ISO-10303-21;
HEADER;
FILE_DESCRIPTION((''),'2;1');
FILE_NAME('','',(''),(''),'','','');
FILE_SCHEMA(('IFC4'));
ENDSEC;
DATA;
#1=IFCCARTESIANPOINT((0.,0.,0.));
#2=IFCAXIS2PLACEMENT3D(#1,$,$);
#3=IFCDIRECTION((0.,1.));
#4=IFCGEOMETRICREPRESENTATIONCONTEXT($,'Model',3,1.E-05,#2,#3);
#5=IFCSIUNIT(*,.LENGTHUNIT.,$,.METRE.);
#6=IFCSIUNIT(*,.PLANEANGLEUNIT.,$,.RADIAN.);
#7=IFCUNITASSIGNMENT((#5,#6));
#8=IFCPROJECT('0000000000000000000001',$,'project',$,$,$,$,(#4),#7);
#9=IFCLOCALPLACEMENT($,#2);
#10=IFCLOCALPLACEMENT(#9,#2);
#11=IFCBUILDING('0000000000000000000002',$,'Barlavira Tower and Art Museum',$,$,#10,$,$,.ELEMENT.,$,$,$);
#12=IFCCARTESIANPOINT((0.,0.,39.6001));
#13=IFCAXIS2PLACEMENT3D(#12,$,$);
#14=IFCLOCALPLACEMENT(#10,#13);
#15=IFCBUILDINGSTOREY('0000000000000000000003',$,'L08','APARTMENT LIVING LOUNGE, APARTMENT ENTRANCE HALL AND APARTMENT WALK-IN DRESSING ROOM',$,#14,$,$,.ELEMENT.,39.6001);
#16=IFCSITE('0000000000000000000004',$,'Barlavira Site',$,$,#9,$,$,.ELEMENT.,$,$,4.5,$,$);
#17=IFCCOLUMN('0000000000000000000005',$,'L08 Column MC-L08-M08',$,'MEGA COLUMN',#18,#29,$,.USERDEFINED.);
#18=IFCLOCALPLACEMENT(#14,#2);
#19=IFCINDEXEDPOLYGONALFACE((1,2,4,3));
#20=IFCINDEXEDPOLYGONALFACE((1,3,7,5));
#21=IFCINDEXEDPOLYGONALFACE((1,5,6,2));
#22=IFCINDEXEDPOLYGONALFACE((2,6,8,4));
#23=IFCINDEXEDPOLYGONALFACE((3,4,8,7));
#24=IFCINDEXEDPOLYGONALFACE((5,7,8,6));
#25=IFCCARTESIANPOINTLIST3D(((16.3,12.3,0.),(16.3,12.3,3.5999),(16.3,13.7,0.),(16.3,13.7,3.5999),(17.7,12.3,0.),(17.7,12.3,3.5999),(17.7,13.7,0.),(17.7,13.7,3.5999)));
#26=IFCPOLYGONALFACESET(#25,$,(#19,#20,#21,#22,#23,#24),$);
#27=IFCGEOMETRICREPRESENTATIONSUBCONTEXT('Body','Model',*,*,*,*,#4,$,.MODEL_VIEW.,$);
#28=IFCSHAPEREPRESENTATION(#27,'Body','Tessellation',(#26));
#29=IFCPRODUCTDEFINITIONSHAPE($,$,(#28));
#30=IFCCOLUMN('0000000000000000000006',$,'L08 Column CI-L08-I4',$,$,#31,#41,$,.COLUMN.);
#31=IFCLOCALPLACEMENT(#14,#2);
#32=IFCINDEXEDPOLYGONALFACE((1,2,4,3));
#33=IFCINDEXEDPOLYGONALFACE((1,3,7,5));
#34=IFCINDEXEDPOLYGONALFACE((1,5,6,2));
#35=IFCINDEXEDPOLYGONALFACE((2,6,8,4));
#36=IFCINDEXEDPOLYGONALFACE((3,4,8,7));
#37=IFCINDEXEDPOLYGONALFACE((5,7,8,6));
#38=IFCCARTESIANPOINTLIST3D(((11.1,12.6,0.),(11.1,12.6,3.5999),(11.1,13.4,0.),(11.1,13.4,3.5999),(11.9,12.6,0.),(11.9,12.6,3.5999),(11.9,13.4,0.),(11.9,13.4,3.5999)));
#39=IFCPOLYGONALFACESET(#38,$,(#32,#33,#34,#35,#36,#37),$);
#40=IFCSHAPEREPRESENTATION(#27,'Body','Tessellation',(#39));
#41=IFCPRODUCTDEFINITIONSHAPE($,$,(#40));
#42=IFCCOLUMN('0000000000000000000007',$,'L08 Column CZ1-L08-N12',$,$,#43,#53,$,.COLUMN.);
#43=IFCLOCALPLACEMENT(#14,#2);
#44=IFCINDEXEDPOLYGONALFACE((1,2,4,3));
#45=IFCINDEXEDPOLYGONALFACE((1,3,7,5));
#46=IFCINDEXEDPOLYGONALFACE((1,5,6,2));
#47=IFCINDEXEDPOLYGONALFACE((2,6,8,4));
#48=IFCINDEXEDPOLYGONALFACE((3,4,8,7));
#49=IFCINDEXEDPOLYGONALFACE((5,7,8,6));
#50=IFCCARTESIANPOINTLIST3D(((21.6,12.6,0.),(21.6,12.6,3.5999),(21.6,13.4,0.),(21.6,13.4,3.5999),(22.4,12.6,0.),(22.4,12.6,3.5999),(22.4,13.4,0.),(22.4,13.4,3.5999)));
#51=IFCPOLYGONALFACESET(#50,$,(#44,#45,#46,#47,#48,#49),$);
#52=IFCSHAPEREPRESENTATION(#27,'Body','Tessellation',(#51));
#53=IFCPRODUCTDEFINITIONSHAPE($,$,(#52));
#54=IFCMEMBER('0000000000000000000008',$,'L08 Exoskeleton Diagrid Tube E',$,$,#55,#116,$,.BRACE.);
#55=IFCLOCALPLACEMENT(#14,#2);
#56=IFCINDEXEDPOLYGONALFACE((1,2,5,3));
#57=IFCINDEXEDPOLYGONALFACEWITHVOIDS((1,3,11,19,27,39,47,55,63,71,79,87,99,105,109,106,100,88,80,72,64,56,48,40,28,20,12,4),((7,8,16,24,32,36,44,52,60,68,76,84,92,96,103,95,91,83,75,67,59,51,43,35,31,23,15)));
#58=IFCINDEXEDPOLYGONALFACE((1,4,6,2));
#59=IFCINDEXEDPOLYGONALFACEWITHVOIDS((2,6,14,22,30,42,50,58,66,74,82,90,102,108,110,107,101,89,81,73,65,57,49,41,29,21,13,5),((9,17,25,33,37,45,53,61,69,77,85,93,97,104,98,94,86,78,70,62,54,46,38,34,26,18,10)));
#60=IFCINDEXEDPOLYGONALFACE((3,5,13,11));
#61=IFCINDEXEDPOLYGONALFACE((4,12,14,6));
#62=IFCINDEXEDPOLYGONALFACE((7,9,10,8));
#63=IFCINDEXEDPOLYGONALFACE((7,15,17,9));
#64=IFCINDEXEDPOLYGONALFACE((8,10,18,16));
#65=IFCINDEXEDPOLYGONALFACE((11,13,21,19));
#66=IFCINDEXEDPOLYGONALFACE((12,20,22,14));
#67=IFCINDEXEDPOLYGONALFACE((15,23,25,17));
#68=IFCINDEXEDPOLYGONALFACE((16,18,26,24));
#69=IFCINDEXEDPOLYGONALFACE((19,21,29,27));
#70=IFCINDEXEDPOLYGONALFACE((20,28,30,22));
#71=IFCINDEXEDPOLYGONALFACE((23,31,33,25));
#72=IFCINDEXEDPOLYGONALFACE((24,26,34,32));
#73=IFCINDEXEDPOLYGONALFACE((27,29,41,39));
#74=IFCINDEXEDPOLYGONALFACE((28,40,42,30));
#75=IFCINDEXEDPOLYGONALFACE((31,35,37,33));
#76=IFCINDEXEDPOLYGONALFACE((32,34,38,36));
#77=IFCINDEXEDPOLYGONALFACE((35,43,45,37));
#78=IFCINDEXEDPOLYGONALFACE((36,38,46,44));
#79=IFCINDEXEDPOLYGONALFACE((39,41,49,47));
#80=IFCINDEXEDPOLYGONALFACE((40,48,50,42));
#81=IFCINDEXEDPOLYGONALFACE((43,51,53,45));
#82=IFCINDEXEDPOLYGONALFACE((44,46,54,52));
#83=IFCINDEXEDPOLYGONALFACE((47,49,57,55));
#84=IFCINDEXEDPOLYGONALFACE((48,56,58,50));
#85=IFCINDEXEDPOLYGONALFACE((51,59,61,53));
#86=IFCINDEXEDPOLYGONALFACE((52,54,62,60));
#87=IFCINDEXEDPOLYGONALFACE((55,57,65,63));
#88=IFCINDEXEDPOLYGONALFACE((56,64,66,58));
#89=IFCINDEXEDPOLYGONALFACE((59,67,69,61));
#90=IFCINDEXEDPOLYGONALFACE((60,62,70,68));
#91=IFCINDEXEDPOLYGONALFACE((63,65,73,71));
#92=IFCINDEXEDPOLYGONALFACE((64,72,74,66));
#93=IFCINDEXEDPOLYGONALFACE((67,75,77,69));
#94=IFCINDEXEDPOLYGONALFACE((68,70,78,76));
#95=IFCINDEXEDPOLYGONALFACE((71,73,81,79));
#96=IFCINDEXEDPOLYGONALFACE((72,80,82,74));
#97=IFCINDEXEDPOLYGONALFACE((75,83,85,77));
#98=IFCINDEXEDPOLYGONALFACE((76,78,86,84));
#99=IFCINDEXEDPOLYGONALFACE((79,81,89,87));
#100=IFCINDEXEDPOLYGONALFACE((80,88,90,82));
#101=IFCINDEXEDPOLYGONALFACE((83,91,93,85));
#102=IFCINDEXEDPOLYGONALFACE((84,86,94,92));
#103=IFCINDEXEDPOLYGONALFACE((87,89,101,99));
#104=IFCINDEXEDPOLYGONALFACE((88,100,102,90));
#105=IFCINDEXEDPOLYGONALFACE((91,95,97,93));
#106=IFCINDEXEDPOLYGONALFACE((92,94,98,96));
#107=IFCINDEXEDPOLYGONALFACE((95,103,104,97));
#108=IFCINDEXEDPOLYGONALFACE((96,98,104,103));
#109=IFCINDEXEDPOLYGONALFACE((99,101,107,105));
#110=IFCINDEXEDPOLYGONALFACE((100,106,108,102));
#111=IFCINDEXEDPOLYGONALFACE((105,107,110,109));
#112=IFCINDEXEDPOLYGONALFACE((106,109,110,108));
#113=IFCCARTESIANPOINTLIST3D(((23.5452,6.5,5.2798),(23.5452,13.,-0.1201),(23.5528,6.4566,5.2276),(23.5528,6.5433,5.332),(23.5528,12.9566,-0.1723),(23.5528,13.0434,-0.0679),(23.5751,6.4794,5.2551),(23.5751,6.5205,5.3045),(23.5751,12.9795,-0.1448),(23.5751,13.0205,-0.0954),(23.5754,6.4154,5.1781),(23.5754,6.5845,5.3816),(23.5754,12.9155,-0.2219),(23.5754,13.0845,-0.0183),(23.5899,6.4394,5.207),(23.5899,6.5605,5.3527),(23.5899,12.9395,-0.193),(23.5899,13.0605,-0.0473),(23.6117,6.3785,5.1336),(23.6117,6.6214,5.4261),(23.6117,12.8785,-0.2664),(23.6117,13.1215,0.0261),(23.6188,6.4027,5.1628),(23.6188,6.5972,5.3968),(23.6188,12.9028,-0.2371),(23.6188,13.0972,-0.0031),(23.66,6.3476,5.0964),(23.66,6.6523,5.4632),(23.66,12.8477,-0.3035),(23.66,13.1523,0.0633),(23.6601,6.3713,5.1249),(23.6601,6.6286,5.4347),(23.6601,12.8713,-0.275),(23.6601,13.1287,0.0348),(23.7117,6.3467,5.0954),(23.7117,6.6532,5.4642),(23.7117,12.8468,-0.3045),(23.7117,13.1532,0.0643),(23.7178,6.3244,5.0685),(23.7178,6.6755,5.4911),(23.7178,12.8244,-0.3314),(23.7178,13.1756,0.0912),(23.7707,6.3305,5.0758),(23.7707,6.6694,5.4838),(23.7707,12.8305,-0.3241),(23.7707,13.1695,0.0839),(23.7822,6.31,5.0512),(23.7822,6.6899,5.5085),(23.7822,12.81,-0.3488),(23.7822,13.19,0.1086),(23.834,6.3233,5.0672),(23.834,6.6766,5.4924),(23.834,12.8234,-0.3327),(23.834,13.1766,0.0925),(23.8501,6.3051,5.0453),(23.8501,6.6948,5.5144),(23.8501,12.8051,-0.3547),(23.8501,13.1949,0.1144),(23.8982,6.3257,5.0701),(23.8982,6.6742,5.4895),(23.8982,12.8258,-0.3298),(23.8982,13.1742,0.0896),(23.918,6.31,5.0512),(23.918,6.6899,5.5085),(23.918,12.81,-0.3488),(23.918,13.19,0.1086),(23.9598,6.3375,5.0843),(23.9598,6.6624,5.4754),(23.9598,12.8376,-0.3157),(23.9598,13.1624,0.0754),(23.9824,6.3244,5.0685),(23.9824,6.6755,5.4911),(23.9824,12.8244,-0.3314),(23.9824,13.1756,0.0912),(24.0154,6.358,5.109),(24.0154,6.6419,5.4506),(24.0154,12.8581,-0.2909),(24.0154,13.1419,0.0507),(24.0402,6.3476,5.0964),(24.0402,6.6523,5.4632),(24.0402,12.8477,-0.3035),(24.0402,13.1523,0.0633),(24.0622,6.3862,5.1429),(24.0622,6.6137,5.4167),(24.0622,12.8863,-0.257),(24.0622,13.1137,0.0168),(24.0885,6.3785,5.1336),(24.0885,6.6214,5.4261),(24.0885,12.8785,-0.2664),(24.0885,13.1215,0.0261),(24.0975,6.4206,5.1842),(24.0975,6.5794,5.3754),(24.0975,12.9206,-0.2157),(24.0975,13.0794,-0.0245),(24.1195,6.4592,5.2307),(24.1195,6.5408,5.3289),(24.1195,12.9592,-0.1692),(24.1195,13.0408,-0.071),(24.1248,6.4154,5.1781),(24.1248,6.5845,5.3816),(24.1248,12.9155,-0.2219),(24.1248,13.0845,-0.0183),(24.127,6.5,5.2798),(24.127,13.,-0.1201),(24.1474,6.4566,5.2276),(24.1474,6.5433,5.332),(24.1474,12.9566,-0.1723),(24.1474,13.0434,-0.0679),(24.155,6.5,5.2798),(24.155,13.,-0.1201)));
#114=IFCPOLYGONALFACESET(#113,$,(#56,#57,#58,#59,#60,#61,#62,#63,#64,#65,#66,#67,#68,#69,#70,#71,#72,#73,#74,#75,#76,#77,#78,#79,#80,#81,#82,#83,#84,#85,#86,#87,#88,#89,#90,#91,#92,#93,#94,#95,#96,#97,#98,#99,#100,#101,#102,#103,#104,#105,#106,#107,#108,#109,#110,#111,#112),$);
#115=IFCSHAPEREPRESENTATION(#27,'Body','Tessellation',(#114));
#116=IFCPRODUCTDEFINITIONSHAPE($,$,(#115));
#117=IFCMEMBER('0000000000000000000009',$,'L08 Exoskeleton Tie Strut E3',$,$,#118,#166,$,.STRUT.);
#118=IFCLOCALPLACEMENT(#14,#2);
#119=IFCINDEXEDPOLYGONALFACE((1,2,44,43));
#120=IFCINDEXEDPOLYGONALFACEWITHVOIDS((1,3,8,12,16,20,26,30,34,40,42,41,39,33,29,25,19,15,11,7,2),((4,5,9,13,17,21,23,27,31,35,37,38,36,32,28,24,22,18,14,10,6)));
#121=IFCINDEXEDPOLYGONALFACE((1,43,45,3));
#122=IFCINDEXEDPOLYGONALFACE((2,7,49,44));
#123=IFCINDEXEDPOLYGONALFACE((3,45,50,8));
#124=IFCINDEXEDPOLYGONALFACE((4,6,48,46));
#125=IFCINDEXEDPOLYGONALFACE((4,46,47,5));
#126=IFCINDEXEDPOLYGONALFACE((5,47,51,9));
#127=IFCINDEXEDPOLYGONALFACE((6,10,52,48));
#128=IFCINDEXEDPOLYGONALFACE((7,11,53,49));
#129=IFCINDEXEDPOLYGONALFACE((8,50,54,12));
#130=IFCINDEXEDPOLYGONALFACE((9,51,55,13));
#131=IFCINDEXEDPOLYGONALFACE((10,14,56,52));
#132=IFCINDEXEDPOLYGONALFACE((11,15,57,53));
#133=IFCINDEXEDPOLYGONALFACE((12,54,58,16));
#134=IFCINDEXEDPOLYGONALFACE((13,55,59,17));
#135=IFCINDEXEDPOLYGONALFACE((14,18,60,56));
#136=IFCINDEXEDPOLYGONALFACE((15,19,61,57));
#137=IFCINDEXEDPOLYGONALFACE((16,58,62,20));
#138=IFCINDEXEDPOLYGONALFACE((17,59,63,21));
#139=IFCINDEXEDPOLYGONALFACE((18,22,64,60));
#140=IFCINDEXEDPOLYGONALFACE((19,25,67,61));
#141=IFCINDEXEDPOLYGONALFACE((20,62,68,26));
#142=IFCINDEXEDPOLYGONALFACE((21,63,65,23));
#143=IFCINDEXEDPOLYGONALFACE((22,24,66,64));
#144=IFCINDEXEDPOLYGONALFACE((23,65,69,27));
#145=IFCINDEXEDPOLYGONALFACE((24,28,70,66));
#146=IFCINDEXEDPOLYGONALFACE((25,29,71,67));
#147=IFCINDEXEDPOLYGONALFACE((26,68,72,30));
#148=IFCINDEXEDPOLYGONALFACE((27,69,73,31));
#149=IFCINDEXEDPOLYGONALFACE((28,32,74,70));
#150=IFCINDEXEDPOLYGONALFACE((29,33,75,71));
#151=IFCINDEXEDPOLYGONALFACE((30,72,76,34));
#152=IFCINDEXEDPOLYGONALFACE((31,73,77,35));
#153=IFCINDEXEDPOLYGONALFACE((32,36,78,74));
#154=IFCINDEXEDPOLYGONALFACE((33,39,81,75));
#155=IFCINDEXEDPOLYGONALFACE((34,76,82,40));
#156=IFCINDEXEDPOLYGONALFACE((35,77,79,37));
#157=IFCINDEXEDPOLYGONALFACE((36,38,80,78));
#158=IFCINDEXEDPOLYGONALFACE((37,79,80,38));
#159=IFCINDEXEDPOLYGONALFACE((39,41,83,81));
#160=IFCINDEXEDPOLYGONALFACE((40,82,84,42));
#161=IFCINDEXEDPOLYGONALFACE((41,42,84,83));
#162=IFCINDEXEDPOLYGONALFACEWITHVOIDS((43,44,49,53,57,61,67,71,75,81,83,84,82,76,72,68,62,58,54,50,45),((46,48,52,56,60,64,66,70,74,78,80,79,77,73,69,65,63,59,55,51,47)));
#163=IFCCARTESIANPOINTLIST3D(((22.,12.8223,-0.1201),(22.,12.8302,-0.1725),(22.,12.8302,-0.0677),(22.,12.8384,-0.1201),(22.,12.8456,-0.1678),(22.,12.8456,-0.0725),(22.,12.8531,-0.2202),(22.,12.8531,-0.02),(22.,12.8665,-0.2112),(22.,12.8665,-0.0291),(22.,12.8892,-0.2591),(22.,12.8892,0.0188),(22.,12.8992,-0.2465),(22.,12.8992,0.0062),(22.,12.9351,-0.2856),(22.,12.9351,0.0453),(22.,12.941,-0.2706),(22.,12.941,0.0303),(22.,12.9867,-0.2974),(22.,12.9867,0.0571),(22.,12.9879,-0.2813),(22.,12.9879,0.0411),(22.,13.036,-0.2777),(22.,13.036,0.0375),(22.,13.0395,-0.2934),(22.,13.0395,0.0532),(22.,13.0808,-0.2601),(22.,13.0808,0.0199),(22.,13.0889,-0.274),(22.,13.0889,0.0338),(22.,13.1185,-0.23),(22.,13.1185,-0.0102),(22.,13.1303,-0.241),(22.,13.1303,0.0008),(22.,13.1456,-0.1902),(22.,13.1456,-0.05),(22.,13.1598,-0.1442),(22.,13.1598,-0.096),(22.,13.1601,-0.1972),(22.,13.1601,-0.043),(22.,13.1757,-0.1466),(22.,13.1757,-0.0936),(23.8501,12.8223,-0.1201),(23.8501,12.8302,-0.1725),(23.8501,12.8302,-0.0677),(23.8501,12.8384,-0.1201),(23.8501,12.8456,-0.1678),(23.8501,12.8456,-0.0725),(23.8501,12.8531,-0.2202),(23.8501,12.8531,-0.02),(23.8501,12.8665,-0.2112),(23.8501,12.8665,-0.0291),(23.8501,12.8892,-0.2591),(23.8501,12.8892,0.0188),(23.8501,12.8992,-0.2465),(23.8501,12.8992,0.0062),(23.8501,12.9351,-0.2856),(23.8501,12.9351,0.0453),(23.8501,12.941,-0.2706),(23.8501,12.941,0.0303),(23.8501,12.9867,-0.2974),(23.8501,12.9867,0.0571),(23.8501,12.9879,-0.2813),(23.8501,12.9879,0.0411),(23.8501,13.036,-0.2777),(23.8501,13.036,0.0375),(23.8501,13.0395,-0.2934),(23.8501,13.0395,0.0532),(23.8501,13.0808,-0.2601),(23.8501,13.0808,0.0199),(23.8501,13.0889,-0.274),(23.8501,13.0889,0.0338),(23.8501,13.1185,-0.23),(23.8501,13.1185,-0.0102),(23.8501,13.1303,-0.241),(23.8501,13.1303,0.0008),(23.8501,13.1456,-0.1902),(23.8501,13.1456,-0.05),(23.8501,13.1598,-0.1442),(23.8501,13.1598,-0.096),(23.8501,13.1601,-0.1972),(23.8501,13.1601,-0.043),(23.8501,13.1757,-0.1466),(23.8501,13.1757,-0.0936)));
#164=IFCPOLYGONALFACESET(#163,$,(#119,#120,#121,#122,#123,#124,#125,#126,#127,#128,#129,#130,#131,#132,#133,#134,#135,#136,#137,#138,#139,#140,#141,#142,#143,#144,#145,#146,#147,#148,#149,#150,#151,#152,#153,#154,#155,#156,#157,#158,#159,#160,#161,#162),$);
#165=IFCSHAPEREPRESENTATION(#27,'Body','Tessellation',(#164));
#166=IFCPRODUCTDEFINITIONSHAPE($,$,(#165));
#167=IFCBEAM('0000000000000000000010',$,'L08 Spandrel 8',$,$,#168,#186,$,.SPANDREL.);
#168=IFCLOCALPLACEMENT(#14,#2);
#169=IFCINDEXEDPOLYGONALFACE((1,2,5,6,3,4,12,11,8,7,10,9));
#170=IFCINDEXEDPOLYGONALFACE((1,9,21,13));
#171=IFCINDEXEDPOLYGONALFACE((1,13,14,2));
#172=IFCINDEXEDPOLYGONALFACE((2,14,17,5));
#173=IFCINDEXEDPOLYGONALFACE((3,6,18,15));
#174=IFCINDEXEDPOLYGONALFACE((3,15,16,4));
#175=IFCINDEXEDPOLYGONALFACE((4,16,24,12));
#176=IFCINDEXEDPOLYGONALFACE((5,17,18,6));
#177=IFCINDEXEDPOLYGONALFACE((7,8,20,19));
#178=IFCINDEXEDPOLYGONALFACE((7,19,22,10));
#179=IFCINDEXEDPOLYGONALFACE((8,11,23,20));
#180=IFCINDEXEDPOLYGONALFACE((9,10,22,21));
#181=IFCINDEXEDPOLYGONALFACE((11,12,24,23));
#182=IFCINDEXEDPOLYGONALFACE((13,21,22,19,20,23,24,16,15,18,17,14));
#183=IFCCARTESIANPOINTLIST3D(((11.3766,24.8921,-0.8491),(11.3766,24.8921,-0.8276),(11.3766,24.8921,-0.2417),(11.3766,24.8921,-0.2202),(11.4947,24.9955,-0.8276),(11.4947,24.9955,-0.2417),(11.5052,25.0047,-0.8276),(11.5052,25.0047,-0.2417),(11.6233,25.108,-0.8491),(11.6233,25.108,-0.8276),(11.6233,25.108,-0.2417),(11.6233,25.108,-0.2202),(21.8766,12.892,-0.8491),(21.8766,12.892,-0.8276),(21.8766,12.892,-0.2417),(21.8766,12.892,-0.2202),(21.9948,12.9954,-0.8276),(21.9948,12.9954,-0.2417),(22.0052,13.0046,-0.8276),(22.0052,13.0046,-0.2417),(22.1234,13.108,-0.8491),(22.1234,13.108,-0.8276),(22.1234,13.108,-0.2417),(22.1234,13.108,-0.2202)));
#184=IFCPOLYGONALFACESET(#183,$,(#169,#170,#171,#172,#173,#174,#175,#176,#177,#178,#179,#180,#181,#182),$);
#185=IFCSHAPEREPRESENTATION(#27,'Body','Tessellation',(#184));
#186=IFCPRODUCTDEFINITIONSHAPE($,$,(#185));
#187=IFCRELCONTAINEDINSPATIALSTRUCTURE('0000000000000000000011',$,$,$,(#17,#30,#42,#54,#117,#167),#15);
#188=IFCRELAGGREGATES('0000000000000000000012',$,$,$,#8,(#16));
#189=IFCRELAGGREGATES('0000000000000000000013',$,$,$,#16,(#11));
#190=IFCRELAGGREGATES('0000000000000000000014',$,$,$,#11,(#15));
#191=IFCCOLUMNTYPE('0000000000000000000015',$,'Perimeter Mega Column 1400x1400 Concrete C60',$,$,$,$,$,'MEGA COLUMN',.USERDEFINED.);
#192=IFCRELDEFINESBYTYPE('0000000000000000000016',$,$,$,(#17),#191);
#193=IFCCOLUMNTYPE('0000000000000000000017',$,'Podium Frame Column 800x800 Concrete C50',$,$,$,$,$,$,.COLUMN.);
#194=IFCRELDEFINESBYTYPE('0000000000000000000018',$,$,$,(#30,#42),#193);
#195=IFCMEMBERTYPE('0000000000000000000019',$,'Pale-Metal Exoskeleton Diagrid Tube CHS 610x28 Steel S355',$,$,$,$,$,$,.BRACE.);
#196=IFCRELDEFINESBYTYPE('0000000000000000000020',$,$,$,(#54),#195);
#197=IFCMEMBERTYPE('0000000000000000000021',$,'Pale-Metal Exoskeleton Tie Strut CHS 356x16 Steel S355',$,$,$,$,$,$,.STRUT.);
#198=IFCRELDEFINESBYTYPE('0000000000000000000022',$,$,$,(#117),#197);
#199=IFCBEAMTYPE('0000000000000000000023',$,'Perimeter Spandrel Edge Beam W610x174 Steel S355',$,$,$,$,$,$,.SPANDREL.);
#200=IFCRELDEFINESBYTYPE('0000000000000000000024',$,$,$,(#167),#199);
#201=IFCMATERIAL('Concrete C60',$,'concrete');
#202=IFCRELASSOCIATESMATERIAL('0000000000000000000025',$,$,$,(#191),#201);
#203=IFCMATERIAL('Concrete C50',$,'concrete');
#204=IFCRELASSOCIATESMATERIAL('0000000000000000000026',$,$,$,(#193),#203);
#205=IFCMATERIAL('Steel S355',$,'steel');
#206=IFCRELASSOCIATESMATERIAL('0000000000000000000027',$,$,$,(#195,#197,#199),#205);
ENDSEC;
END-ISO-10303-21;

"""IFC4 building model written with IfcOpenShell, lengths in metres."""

from ifc_helpers import new_model, si_unit, direction, frame, origin, origin_2d, place, context, subcontext, project, spatial, rectangle, hollow_circle, i_section, extrude, material, material_profile, profile_set, type_object, element, save


model = new_model("IFC4")

# Units and contexts
model_context = context("Model", 3, precision=1e-05, world=origin(), true_north=direction((0.0, 1.0)))
body_context = subcontext(model_context, "Body", "Model", "MODEL_VIEW")
ifc_project = project(units=[si_unit("LENGTHUNIT", "METRE"), si_unit("PLANEANGLEUNIT", "RADIAN")], contexts=[model_context])

# Site, building, storey
site_placement = place(None, origin())
site = spatial("IfcSite", under=ifc_project, at=site_placement, Name="Barlavira Site", CompositionType="ELEMENT", RefElevation=4.5)
building_placement = place(site_placement, origin())
building = spatial("IfcBuilding", under=site, at=building_placement, Name="Barlavira Tower and Art Museum", CompositionType="ELEMENT")
storey_placement = place(building_placement, frame((0.0, 0.0, 39.6001)))
storey = spatial("IfcBuildingStorey", under=building, at=storey_placement, Name="L08", Description="APARTMENT LIVING LOUNGE, APARTMENT ENTRANCE HALL AND APARTMENT WALK-IN DRESSING ROOM", CompositionType="ELEMENT", Elevation=39.6001)

# Columns
ifc_material_1 = material(Name="Concrete C60", Category="concrete")
ifc_material_profile_1 = material_profile(ifc_material_1, rectangle(XDim=1.3999, YDim=1.3999, at=origin_2d()), Name="RC-MCOL 1400x1400")
ifc_profile_set_1 = profile_set([ifc_material_profile_1], Name="Concrete C60")
column_type_1 = type_object("IfcColumnType", Name="Perimeter Mega Column 1400x1400 Concrete C60", ElementType="MEGA COLUMN", PredefinedType="USERDEFINED", material=ifc_profile_set_1)
column_placement = place(storey_placement, frame((17.0, 13.0, 0.0), z_axis=(0.0, 0.0, 1.0), x_axis=(1.0, 0.0, 0.0)))
element("IfcColumn", 1, at=column_placement, inside=storey, type_object=column_type_1, Name="L08 Column MC-L08-M08", ObjectType="MEGA COLUMN", PredefinedType="USERDEFINED", context=body_context, shape_type="SweptSolid", body=[
    extrude(rectangle(XDim=1.3999, YDim=1.3999, at=origin_2d()), origin(), (0.0, 0.0, 1.0), 3.5999),
])
ifc_material_2 = material(Name="Concrete C50", Category="concrete")
ifc_material_profile_2 = material_profile(ifc_material_2, rectangle(XDim=0.8, YDim=0.8, at=origin_2d()), Name="RC-COL 800x800")
ifc_profile_set_2 = profile_set([ifc_material_profile_2], Name="Concrete C50")
column_type_2 = type_object("IfcColumnType", Name="Podium Frame Column 800x800 Concrete C50", PredefinedType="COLUMN", material=ifc_profile_set_2)
for number, where, z_axis, x_axis, name in (
    (2, (11.5, 13.0, 0.0), (0.0, 0.0, 1.0), (1.0, 0.0, 0.0), "L08 Column CI-L08-I4"),
    (3, (22.0, 13.0, 0.0), (0.0, 0.0, 1.0), (1.0, 0.0, 0.0), "L08 Column CZ1-L08-N12"),
):
    element("IfcColumn", number, at=place(storey_placement, frame(where, z_axis=z_axis, x_axis=x_axis)), inside=storey, type_object=column_type_2, Name=name, PredefinedType="COLUMN", context=body_context, shape_type="SweptSolid", body=[
        extrude(rectangle(XDim=0.8, YDim=0.8, at=origin_2d()), origin(), (0.0, 0.0, 1.0), 3.5999),
    ])

# Members
ifc_material_3 = material(Name="Steel S355", Category="steel")
ifc_material_profile_3 = material_profile(ifc_material_3, hollow_circle(Radius=0.3049, WallThickness=0.0281, at=origin_2d()), Name="CHS 610.0x28.0")
ifc_profile_set_3 = profile_set([ifc_material_profile_3], Name="Steel S355")
member_type_1 = type_object("IfcMemberType", Name="Pale-Metal Exoskeleton Diagrid Tube CHS 610x28 Steel S355", PredefinedType="BRACE", material=ifc_profile_set_3)
member_1_placement = place(storey_placement, frame((23.8501, 13.0, -0.1201), z_axis=(0.0, -0.769196, 0.639013), x_axis=(1.0, 0.0, 0.0)))
element("IfcMember", 4, at=member_1_placement, inside=storey, type_object=member_type_1, Name="L08 Exoskeleton Diagrid Tube E", PredefinedType="BRACE", context=body_context, shape_type="SweptSolid", body=[
    extrude(hollow_circle(Radius=0.3049, WallThickness=0.0281, at=origin_2d()), origin(), (0.0, 0.0, 1.0), 8.4504),
])
ifc_material_profile_4 = material_profile(ifc_material_3, hollow_circle(Radius=0.1777, WallThickness=0.0161, at=origin_2d()), Name="CHS 355.6x16.0")
ifc_profile_set_4 = profile_set([ifc_material_profile_4], Name="Steel S355")
member_type_2 = type_object("IfcMemberType", Name="Pale-Metal Exoskeleton Tie Strut CHS 356x16 Steel S355", PredefinedType="STRUT", material=ifc_profile_set_4)
member_2_placement = place(storey_placement, frame((23.8501, 13.0, -0.1201), z_axis=(-1.0, 0.0, 0.0), x_axis=(0.0, -1.0, 0.0)))
element("IfcMember", 5, at=member_2_placement, inside=storey, type_object=member_type_2, Name="L08 Exoskeleton Tie Strut E3", PredefinedType="STRUT", context=body_context, shape_type="SweptSolid", body=[
    extrude(hollow_circle(Radius=0.1777, WallThickness=0.0161, at=origin_2d()), origin(), (0.0, 0.0, 1.0), 1.8501),
])

# Beam
ifc_material_profile_5 = material_profile(ifc_material_3, i_section(OverallWidth=0.3279, OverallDepth=0.6289, WebThickness=0.0139, FlangeThickness=0.0215, at=origin_2d()), Name="W610x174.0")
ifc_profile_set_5 = profile_set([ifc_material_profile_5], Name="Steel S355")
beam_type_1 = type_object("IfcBeamType", Name="Perimeter Spandrel Edge Beam W610x174 Steel S355", PredefinedType="SPANDREL", material=ifc_profile_set_5)
beam_1_placement = place(storey_placement, frame((22.0, 13.0, -0.5347), z_axis=(-0.658505, 0.752577, 0.0), x_axis=(-0.752577, -0.658505, 0.0)))
element("IfcBeam", 6, at=beam_1_placement, inside=storey, type_object=beam_type_1, Name="L08 Spandrel 8", PredefinedType="SPANDREL", context=body_context, shape_type="SweptSolid", body=[
    extrude(i_section(OverallWidth=0.3279, OverallDepth=0.6289, WebThickness=0.0139, FlangeThickness=0.0215, at=origin_2d()), origin(), (0.0, 0.0, 1.0), 15.9453),
])

save(model, "model.ifc")
